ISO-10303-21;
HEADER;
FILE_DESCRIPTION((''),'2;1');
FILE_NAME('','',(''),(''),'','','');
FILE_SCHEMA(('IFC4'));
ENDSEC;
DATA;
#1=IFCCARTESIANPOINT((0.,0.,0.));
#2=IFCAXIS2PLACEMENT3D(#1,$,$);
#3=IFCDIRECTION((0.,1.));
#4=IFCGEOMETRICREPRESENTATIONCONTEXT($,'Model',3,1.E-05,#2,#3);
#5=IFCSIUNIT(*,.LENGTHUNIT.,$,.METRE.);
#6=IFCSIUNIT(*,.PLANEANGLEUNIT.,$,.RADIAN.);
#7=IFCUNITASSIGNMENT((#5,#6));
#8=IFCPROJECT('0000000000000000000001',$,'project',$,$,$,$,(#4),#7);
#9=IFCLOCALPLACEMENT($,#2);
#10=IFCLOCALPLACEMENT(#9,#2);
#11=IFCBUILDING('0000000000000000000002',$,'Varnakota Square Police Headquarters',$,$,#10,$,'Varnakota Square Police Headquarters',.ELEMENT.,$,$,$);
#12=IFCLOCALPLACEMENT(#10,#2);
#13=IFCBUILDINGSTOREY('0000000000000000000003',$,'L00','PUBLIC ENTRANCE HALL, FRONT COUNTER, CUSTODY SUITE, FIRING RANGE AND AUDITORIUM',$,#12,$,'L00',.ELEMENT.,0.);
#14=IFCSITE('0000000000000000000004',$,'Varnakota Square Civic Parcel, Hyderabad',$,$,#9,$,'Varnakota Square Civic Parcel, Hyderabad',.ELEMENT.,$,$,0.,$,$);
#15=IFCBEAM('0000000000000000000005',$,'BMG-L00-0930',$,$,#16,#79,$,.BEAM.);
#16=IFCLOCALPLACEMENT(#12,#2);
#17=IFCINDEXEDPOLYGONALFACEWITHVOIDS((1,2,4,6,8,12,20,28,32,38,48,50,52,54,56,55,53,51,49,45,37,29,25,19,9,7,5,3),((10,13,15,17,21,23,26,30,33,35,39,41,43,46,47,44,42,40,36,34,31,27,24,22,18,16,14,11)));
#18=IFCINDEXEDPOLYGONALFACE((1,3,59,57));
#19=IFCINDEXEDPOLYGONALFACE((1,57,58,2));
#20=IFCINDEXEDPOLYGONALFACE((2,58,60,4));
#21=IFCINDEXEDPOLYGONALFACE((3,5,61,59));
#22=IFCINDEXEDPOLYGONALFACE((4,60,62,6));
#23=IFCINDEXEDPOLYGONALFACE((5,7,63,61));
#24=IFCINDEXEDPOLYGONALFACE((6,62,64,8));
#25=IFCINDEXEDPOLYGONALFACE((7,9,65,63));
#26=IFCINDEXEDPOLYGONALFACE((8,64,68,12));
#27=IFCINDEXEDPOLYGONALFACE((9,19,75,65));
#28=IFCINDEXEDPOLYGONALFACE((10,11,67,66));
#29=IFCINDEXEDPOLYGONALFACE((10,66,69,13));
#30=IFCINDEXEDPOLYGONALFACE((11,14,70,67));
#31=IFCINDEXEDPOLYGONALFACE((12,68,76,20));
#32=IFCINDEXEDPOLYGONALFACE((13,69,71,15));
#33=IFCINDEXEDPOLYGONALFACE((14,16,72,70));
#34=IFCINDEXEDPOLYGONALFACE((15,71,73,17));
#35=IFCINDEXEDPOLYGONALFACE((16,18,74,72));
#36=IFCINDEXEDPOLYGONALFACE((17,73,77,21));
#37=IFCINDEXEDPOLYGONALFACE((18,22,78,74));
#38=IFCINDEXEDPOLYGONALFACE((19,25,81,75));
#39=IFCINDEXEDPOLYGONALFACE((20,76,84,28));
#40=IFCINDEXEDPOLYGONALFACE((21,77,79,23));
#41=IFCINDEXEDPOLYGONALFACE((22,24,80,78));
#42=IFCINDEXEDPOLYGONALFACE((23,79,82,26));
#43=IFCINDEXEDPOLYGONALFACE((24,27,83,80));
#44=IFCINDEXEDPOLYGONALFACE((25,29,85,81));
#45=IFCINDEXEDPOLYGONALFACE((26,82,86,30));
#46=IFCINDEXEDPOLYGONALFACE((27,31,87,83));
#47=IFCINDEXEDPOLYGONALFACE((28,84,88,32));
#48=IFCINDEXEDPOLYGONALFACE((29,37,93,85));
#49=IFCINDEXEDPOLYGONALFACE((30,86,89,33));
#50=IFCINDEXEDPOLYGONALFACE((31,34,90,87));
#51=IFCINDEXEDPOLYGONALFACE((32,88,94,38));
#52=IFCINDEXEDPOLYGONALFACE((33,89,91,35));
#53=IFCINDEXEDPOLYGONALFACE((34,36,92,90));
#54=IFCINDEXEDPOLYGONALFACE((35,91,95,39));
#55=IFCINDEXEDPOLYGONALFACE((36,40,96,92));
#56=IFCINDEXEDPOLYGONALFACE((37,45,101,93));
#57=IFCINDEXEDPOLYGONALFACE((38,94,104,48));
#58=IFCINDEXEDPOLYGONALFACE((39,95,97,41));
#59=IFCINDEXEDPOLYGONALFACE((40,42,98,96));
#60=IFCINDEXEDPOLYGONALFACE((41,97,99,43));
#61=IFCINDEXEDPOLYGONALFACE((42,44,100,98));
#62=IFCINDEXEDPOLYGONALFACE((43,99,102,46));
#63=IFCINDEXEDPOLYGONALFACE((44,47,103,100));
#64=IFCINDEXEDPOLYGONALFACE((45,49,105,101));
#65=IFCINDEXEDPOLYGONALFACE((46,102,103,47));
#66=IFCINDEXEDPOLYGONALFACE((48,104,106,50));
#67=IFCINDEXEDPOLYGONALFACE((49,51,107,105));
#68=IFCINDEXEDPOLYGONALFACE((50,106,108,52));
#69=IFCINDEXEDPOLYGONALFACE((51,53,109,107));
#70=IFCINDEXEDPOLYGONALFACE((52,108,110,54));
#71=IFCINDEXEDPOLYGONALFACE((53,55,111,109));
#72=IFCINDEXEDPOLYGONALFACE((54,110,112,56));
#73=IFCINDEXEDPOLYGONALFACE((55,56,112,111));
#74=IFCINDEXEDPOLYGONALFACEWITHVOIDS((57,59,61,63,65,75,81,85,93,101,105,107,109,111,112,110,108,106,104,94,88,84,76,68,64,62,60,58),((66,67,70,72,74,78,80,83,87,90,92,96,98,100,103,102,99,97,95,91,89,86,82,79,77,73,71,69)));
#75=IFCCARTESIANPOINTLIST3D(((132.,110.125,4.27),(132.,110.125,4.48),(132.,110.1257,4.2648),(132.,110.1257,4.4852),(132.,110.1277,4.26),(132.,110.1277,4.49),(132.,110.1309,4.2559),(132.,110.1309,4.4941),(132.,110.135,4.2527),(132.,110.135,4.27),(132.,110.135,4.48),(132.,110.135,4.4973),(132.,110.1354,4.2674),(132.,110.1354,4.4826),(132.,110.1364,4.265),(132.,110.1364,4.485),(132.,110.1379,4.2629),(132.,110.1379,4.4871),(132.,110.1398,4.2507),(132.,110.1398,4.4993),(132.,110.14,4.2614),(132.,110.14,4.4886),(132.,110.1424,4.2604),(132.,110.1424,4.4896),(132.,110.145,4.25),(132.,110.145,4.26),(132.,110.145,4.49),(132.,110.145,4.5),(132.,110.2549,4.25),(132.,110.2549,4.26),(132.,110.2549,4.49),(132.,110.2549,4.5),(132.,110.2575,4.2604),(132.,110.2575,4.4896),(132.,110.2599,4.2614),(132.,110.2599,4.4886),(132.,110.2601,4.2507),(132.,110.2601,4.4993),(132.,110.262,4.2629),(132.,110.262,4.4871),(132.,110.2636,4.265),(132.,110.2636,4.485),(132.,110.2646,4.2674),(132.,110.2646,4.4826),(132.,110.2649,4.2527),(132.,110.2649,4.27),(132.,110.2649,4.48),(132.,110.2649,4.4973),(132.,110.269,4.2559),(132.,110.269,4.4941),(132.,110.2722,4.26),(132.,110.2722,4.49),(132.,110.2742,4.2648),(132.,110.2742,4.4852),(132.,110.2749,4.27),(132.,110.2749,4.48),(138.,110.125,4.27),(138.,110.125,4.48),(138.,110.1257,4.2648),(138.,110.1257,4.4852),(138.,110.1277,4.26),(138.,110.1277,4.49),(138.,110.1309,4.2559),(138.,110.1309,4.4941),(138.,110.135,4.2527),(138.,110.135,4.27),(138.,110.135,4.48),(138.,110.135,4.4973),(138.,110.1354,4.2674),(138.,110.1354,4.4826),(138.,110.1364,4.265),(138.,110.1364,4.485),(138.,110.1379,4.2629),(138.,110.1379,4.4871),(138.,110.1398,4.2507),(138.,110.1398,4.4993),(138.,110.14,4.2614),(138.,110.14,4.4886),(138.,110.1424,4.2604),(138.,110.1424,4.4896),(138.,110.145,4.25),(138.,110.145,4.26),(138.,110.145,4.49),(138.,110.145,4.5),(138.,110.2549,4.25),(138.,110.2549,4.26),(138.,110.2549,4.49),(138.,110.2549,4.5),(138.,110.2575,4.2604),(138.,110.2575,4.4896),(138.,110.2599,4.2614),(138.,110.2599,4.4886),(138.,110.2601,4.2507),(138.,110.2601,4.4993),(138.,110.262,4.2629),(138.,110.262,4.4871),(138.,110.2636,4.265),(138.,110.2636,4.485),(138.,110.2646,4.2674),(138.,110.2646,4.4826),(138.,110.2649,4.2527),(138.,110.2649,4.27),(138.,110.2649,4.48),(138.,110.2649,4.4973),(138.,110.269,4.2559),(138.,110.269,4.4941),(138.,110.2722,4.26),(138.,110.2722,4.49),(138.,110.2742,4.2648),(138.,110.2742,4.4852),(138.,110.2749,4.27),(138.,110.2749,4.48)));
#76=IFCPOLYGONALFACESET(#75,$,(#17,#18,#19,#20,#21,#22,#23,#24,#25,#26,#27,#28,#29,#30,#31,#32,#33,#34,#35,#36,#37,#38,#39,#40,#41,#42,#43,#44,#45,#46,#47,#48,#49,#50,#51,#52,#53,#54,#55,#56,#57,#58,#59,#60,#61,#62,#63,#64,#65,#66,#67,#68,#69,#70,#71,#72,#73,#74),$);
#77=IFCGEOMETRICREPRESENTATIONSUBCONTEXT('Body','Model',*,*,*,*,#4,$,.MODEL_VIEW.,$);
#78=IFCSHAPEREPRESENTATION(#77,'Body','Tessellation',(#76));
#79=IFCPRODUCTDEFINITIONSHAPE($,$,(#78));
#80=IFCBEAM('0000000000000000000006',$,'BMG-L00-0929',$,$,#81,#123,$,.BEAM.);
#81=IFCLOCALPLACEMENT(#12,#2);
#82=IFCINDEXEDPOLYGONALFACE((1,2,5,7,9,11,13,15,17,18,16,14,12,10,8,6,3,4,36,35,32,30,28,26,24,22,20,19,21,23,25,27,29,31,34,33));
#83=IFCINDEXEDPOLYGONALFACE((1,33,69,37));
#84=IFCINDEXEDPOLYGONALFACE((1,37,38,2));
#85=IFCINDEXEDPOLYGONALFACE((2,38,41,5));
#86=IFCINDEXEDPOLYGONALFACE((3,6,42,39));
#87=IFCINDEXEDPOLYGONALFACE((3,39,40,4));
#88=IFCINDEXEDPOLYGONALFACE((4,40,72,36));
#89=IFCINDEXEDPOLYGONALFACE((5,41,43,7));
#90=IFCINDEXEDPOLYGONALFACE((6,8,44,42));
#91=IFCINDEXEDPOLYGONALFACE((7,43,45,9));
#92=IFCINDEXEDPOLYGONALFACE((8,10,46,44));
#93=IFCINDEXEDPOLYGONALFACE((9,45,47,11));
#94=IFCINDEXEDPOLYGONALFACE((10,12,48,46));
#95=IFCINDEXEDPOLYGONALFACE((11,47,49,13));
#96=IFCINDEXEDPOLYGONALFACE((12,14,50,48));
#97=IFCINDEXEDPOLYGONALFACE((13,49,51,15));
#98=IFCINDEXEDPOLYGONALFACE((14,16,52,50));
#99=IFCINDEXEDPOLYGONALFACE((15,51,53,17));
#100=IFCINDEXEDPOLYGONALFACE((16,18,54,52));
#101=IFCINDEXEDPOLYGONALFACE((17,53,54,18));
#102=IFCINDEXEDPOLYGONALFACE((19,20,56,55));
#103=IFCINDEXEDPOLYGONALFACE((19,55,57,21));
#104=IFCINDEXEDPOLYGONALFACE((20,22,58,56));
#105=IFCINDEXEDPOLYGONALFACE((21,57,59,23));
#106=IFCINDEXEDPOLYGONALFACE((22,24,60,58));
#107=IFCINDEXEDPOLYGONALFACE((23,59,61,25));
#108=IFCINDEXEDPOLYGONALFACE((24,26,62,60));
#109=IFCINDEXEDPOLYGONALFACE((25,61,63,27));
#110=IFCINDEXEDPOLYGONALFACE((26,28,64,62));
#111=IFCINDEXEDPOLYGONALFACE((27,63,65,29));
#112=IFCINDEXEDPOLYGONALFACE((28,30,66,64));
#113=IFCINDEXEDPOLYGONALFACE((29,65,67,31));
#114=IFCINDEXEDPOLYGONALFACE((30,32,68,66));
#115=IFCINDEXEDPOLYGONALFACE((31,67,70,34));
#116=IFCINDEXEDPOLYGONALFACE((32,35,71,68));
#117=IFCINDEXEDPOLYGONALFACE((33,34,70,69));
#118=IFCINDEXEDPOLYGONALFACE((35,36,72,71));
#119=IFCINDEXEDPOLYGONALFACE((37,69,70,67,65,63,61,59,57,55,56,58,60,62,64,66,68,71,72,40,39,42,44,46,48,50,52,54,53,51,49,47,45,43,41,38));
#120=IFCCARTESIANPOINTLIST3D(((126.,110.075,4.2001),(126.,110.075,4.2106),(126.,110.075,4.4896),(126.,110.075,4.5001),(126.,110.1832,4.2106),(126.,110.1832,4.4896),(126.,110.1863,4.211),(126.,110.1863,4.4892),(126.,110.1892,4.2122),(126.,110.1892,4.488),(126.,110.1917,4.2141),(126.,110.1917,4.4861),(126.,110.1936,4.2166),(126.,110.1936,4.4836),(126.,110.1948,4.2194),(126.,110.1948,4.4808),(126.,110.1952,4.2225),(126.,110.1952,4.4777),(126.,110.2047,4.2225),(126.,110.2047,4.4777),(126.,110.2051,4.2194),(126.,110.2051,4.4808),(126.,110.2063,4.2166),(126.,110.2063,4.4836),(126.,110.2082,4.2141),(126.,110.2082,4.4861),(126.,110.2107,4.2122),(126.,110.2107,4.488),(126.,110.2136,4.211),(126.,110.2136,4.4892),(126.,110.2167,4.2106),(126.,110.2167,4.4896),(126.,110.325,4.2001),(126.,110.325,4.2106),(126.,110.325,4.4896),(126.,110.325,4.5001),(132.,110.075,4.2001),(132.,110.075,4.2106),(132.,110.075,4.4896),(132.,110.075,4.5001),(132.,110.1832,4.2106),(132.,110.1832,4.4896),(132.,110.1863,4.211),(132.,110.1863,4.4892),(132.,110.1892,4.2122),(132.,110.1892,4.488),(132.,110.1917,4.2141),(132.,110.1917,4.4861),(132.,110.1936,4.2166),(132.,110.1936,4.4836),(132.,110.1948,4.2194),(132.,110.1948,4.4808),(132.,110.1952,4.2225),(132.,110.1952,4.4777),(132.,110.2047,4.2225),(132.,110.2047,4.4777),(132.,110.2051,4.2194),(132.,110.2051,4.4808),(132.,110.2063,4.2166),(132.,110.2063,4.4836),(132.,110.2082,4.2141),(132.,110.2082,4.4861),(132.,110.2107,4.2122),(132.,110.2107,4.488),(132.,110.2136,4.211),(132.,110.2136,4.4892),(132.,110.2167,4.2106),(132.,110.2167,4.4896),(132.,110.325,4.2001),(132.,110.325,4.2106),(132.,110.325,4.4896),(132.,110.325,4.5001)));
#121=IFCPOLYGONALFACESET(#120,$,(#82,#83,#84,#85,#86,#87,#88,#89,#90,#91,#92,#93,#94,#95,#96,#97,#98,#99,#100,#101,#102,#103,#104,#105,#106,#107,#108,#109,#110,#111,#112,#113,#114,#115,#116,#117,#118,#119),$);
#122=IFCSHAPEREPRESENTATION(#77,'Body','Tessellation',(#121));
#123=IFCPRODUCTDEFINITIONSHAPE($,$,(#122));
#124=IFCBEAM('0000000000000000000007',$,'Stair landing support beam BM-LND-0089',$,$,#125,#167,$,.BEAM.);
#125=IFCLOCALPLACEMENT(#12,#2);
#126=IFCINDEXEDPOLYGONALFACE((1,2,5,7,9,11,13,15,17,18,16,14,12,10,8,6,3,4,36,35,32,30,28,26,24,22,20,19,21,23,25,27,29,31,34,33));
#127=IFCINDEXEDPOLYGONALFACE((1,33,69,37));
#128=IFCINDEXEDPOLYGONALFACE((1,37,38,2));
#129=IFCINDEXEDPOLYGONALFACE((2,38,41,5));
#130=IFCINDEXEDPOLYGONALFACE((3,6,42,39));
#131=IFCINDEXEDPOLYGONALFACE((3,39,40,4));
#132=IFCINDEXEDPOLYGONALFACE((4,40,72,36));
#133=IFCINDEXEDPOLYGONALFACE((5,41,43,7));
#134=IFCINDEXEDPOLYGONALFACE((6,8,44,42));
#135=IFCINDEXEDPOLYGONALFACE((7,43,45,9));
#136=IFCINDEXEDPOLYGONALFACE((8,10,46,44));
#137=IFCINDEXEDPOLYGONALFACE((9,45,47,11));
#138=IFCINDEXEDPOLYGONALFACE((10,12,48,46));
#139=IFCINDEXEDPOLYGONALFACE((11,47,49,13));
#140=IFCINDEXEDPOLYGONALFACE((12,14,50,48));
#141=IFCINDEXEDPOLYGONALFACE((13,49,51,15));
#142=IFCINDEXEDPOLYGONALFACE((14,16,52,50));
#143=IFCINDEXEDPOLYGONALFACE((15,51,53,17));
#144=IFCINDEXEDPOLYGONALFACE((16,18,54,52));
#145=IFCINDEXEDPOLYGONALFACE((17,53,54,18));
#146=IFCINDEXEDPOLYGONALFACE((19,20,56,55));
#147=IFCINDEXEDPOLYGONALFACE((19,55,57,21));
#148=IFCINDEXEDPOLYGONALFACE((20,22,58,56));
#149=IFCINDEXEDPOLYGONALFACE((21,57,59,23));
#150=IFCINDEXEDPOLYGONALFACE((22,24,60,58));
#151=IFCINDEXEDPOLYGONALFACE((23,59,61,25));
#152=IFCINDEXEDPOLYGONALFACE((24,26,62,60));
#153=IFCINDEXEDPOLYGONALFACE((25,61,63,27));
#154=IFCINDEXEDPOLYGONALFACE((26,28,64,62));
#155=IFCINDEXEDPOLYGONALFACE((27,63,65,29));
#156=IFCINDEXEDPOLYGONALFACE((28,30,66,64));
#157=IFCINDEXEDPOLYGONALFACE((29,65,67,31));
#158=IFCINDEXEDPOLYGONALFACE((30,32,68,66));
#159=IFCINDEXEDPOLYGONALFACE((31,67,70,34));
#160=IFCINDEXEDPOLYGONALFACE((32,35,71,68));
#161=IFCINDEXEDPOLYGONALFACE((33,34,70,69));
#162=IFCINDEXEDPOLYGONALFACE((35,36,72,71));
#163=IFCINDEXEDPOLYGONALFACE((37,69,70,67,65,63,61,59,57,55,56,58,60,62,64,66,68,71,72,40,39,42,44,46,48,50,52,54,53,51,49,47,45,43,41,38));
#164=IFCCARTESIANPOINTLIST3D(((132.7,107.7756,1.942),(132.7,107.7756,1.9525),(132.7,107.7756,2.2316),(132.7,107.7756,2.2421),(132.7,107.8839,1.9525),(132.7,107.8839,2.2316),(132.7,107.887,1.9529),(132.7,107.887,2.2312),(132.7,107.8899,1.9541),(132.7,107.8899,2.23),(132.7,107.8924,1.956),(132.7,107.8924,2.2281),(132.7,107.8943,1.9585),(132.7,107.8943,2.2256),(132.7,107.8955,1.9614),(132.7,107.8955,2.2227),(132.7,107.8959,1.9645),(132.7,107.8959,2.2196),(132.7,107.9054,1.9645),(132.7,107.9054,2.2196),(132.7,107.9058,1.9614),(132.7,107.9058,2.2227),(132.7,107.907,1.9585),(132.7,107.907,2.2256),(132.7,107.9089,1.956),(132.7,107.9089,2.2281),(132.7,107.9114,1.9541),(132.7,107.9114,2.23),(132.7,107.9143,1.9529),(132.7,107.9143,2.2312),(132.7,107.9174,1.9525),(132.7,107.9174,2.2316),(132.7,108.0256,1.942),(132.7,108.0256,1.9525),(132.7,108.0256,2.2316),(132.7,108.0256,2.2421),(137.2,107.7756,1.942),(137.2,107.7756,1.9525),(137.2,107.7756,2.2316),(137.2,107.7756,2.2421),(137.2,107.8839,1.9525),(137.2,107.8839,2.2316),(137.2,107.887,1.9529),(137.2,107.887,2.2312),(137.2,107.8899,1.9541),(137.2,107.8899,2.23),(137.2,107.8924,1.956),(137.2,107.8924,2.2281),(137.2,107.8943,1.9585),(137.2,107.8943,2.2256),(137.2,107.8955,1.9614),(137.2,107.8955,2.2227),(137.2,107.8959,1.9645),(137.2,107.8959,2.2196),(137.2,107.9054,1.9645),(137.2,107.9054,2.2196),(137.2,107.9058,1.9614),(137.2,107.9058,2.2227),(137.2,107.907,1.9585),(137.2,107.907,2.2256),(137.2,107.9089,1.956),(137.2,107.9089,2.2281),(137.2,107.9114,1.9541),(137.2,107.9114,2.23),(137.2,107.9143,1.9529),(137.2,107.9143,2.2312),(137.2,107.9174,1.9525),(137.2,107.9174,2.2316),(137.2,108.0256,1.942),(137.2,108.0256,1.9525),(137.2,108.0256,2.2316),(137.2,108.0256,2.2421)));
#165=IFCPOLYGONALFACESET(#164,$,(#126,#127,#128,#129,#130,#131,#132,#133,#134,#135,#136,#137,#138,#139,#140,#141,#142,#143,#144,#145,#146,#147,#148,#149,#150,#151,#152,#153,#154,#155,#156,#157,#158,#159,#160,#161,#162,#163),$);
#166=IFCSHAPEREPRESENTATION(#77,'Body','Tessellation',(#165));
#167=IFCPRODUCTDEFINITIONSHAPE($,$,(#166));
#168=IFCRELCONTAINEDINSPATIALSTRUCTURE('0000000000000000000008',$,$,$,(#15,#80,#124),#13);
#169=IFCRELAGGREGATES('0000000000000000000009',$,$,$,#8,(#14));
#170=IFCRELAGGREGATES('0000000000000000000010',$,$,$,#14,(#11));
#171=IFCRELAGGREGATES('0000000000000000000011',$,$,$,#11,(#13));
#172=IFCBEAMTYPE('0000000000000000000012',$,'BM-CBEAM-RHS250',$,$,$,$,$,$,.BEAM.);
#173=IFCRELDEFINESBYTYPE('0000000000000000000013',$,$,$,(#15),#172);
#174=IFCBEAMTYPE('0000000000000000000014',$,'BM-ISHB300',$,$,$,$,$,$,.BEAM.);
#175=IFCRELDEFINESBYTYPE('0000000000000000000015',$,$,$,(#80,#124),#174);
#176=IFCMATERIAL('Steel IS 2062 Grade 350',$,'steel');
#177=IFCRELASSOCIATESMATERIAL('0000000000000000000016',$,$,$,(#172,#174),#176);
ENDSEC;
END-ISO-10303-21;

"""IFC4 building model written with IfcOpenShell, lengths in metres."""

from ifc_helpers import new_model, si_unit, direction, frame, origin, origin_2d, place, context, subcontext, project, spatial, hollow_rectangle, i_section, extrude, material, material_profile, profile_set, type_object, element, save


model = new_model("IFC4")

# Units and contexts
model_context = context("Model", 3, precision=1e-05, world=origin(), true_north=direction((0.0, 1.0)))
body_context = subcontext(model_context, "Body", "Model", "MODEL_VIEW")
ifc_project = project(units=[si_unit("LENGTHUNIT", "METRE"), si_unit("PLANEANGLEUNIT", "RADIAN")], contexts=[model_context])

# Site, building, storey
site_placement = place(None, origin())
site = spatial("IfcSite", under=ifc_project, at=site_placement, Name="Varnakota Square Civic Parcel, Hyderabad", LongName="Varnakota Square Civic Parcel, Hyderabad", CompositionType="ELEMENT", RefElevation=0.0)
building_placement = place(site_placement, origin())
building = spatial("IfcBuilding", under=site, at=building_placement, Name="Varnakota Square Police Headquarters", LongName="Varnakota Square Police Headquarters", CompositionType="ELEMENT")
storey_placement = place(building_placement, origin())
storey = spatial("IfcBuildingStorey", under=building, at=storey_placement, Name="L00", Description="PUBLIC ENTRANCE HALL, FRONT COUNTER, CUSTODY SUITE, FIRING RANGE AND AUDITORIUM", LongName="L00", CompositionType="ELEMENT", Elevation=0.0)

# Beams
ifc_material_1 = material(Name="Steel IS 2062 Grade 350", Category="steel")
ifc_material_profile_1 = material_profile(ifc_material_1, hollow_rectangle(XDim=0.1499, YDim=0.25, WallThickness=0.01, InnerFilletRadius=0.01, OuterFilletRadius=0.02, at=origin_2d()), Name="RHS 250x150x10")
ifc_profile_set_1 = profile_set([ifc_material_profile_1], Name="Steel IS 2062 Grade 350")
beam_type_1 = type_object("IfcBeamType", Name="BM-CBEAM-RHS250", PredefinedType="BEAM", material=ifc_profile_set_1)
beam_1_placement = place(storey_placement, frame((132.0, 110.2, 4.375), z_axis=(1.0, 0.0, 0.0), x_axis=(0.0, 1.0, 0.0)))
element("IfcBeam", 1, at=beam_1_placement, inside=storey, type_object=beam_type_1, Name="BMG-L00-0930", PredefinedType="BEAM", context=body_context, shape_type="SweptSolid", body=[
    extrude(hollow_rectangle(XDim=0.1499, YDim=0.25, WallThickness=0.01, InnerFilletRadius=0.01, OuterFilletRadius=0.02, at=origin_2d()), origin(), (0.0, 0.0, 1.0), 6.0),
])
ifc_material_profile_2 = material_profile(ifc_material_1, i_section(OverallWidth=0.25, OverallDepth=0.3, WebThickness=0.0095, FlangeThickness=0.0105, FilletRadius=0.012, at=origin_2d()), Name="ISHB 300")
ifc_profile_set_2 = profile_set([ifc_material_profile_2], Name="Steel IS 2062 Grade 350")
beam_type_2 = type_object("IfcBeamType", Name="BM-ISHB300", PredefinedType="BEAM", material=ifc_profile_set_2)
beam_2_placement = place(storey_placement, frame((126.0, 110.2, 4.3501), z_axis=(1.0, 0.0, 0.0), x_axis=(0.0, 1.0, 0.0)))
element("IfcBeam", 2, at=beam_2_placement, inside=storey, type_object=beam_type_2, Name="BMG-L00-0929", PredefinedType="BEAM", context=body_context, shape_type="SweptSolid", body=[
    extrude(i_section(OverallWidth=0.25, OverallDepth=0.3, WebThickness=0.0095, FlangeThickness=0.0105, FilletRadius=0.012, at=origin_2d()), origin(), (0.0, 0.0, 1.0), 6.0),
])
for number, where, z_axis, x_axis, name in (
    (3, (132.7, 107.9006, 2.092), (1.0, 0.0, 0.0), (0.0, 1.0, 0.0), "Stair landing support beam BM-LND-0089"),
):
    element("IfcBeam", number, at=place(storey_placement, frame(where, z_axis=z_axis, x_axis=x_axis)), inside=storey, type_object=beam_type_2, Name=name, PredefinedType="BEAM", context=body_context, shape_type="SweptSolid", body=[
        extrude(i_section(OverallWidth=0.25, OverallDepth=0.3, WebThickness=0.0095, FlangeThickness=0.0105, FilletRadius=0.012, at=origin_2d()), origin(), (0.0, 0.0, 1.0), 4.5),
    ])

save(model, "model.ifc")
